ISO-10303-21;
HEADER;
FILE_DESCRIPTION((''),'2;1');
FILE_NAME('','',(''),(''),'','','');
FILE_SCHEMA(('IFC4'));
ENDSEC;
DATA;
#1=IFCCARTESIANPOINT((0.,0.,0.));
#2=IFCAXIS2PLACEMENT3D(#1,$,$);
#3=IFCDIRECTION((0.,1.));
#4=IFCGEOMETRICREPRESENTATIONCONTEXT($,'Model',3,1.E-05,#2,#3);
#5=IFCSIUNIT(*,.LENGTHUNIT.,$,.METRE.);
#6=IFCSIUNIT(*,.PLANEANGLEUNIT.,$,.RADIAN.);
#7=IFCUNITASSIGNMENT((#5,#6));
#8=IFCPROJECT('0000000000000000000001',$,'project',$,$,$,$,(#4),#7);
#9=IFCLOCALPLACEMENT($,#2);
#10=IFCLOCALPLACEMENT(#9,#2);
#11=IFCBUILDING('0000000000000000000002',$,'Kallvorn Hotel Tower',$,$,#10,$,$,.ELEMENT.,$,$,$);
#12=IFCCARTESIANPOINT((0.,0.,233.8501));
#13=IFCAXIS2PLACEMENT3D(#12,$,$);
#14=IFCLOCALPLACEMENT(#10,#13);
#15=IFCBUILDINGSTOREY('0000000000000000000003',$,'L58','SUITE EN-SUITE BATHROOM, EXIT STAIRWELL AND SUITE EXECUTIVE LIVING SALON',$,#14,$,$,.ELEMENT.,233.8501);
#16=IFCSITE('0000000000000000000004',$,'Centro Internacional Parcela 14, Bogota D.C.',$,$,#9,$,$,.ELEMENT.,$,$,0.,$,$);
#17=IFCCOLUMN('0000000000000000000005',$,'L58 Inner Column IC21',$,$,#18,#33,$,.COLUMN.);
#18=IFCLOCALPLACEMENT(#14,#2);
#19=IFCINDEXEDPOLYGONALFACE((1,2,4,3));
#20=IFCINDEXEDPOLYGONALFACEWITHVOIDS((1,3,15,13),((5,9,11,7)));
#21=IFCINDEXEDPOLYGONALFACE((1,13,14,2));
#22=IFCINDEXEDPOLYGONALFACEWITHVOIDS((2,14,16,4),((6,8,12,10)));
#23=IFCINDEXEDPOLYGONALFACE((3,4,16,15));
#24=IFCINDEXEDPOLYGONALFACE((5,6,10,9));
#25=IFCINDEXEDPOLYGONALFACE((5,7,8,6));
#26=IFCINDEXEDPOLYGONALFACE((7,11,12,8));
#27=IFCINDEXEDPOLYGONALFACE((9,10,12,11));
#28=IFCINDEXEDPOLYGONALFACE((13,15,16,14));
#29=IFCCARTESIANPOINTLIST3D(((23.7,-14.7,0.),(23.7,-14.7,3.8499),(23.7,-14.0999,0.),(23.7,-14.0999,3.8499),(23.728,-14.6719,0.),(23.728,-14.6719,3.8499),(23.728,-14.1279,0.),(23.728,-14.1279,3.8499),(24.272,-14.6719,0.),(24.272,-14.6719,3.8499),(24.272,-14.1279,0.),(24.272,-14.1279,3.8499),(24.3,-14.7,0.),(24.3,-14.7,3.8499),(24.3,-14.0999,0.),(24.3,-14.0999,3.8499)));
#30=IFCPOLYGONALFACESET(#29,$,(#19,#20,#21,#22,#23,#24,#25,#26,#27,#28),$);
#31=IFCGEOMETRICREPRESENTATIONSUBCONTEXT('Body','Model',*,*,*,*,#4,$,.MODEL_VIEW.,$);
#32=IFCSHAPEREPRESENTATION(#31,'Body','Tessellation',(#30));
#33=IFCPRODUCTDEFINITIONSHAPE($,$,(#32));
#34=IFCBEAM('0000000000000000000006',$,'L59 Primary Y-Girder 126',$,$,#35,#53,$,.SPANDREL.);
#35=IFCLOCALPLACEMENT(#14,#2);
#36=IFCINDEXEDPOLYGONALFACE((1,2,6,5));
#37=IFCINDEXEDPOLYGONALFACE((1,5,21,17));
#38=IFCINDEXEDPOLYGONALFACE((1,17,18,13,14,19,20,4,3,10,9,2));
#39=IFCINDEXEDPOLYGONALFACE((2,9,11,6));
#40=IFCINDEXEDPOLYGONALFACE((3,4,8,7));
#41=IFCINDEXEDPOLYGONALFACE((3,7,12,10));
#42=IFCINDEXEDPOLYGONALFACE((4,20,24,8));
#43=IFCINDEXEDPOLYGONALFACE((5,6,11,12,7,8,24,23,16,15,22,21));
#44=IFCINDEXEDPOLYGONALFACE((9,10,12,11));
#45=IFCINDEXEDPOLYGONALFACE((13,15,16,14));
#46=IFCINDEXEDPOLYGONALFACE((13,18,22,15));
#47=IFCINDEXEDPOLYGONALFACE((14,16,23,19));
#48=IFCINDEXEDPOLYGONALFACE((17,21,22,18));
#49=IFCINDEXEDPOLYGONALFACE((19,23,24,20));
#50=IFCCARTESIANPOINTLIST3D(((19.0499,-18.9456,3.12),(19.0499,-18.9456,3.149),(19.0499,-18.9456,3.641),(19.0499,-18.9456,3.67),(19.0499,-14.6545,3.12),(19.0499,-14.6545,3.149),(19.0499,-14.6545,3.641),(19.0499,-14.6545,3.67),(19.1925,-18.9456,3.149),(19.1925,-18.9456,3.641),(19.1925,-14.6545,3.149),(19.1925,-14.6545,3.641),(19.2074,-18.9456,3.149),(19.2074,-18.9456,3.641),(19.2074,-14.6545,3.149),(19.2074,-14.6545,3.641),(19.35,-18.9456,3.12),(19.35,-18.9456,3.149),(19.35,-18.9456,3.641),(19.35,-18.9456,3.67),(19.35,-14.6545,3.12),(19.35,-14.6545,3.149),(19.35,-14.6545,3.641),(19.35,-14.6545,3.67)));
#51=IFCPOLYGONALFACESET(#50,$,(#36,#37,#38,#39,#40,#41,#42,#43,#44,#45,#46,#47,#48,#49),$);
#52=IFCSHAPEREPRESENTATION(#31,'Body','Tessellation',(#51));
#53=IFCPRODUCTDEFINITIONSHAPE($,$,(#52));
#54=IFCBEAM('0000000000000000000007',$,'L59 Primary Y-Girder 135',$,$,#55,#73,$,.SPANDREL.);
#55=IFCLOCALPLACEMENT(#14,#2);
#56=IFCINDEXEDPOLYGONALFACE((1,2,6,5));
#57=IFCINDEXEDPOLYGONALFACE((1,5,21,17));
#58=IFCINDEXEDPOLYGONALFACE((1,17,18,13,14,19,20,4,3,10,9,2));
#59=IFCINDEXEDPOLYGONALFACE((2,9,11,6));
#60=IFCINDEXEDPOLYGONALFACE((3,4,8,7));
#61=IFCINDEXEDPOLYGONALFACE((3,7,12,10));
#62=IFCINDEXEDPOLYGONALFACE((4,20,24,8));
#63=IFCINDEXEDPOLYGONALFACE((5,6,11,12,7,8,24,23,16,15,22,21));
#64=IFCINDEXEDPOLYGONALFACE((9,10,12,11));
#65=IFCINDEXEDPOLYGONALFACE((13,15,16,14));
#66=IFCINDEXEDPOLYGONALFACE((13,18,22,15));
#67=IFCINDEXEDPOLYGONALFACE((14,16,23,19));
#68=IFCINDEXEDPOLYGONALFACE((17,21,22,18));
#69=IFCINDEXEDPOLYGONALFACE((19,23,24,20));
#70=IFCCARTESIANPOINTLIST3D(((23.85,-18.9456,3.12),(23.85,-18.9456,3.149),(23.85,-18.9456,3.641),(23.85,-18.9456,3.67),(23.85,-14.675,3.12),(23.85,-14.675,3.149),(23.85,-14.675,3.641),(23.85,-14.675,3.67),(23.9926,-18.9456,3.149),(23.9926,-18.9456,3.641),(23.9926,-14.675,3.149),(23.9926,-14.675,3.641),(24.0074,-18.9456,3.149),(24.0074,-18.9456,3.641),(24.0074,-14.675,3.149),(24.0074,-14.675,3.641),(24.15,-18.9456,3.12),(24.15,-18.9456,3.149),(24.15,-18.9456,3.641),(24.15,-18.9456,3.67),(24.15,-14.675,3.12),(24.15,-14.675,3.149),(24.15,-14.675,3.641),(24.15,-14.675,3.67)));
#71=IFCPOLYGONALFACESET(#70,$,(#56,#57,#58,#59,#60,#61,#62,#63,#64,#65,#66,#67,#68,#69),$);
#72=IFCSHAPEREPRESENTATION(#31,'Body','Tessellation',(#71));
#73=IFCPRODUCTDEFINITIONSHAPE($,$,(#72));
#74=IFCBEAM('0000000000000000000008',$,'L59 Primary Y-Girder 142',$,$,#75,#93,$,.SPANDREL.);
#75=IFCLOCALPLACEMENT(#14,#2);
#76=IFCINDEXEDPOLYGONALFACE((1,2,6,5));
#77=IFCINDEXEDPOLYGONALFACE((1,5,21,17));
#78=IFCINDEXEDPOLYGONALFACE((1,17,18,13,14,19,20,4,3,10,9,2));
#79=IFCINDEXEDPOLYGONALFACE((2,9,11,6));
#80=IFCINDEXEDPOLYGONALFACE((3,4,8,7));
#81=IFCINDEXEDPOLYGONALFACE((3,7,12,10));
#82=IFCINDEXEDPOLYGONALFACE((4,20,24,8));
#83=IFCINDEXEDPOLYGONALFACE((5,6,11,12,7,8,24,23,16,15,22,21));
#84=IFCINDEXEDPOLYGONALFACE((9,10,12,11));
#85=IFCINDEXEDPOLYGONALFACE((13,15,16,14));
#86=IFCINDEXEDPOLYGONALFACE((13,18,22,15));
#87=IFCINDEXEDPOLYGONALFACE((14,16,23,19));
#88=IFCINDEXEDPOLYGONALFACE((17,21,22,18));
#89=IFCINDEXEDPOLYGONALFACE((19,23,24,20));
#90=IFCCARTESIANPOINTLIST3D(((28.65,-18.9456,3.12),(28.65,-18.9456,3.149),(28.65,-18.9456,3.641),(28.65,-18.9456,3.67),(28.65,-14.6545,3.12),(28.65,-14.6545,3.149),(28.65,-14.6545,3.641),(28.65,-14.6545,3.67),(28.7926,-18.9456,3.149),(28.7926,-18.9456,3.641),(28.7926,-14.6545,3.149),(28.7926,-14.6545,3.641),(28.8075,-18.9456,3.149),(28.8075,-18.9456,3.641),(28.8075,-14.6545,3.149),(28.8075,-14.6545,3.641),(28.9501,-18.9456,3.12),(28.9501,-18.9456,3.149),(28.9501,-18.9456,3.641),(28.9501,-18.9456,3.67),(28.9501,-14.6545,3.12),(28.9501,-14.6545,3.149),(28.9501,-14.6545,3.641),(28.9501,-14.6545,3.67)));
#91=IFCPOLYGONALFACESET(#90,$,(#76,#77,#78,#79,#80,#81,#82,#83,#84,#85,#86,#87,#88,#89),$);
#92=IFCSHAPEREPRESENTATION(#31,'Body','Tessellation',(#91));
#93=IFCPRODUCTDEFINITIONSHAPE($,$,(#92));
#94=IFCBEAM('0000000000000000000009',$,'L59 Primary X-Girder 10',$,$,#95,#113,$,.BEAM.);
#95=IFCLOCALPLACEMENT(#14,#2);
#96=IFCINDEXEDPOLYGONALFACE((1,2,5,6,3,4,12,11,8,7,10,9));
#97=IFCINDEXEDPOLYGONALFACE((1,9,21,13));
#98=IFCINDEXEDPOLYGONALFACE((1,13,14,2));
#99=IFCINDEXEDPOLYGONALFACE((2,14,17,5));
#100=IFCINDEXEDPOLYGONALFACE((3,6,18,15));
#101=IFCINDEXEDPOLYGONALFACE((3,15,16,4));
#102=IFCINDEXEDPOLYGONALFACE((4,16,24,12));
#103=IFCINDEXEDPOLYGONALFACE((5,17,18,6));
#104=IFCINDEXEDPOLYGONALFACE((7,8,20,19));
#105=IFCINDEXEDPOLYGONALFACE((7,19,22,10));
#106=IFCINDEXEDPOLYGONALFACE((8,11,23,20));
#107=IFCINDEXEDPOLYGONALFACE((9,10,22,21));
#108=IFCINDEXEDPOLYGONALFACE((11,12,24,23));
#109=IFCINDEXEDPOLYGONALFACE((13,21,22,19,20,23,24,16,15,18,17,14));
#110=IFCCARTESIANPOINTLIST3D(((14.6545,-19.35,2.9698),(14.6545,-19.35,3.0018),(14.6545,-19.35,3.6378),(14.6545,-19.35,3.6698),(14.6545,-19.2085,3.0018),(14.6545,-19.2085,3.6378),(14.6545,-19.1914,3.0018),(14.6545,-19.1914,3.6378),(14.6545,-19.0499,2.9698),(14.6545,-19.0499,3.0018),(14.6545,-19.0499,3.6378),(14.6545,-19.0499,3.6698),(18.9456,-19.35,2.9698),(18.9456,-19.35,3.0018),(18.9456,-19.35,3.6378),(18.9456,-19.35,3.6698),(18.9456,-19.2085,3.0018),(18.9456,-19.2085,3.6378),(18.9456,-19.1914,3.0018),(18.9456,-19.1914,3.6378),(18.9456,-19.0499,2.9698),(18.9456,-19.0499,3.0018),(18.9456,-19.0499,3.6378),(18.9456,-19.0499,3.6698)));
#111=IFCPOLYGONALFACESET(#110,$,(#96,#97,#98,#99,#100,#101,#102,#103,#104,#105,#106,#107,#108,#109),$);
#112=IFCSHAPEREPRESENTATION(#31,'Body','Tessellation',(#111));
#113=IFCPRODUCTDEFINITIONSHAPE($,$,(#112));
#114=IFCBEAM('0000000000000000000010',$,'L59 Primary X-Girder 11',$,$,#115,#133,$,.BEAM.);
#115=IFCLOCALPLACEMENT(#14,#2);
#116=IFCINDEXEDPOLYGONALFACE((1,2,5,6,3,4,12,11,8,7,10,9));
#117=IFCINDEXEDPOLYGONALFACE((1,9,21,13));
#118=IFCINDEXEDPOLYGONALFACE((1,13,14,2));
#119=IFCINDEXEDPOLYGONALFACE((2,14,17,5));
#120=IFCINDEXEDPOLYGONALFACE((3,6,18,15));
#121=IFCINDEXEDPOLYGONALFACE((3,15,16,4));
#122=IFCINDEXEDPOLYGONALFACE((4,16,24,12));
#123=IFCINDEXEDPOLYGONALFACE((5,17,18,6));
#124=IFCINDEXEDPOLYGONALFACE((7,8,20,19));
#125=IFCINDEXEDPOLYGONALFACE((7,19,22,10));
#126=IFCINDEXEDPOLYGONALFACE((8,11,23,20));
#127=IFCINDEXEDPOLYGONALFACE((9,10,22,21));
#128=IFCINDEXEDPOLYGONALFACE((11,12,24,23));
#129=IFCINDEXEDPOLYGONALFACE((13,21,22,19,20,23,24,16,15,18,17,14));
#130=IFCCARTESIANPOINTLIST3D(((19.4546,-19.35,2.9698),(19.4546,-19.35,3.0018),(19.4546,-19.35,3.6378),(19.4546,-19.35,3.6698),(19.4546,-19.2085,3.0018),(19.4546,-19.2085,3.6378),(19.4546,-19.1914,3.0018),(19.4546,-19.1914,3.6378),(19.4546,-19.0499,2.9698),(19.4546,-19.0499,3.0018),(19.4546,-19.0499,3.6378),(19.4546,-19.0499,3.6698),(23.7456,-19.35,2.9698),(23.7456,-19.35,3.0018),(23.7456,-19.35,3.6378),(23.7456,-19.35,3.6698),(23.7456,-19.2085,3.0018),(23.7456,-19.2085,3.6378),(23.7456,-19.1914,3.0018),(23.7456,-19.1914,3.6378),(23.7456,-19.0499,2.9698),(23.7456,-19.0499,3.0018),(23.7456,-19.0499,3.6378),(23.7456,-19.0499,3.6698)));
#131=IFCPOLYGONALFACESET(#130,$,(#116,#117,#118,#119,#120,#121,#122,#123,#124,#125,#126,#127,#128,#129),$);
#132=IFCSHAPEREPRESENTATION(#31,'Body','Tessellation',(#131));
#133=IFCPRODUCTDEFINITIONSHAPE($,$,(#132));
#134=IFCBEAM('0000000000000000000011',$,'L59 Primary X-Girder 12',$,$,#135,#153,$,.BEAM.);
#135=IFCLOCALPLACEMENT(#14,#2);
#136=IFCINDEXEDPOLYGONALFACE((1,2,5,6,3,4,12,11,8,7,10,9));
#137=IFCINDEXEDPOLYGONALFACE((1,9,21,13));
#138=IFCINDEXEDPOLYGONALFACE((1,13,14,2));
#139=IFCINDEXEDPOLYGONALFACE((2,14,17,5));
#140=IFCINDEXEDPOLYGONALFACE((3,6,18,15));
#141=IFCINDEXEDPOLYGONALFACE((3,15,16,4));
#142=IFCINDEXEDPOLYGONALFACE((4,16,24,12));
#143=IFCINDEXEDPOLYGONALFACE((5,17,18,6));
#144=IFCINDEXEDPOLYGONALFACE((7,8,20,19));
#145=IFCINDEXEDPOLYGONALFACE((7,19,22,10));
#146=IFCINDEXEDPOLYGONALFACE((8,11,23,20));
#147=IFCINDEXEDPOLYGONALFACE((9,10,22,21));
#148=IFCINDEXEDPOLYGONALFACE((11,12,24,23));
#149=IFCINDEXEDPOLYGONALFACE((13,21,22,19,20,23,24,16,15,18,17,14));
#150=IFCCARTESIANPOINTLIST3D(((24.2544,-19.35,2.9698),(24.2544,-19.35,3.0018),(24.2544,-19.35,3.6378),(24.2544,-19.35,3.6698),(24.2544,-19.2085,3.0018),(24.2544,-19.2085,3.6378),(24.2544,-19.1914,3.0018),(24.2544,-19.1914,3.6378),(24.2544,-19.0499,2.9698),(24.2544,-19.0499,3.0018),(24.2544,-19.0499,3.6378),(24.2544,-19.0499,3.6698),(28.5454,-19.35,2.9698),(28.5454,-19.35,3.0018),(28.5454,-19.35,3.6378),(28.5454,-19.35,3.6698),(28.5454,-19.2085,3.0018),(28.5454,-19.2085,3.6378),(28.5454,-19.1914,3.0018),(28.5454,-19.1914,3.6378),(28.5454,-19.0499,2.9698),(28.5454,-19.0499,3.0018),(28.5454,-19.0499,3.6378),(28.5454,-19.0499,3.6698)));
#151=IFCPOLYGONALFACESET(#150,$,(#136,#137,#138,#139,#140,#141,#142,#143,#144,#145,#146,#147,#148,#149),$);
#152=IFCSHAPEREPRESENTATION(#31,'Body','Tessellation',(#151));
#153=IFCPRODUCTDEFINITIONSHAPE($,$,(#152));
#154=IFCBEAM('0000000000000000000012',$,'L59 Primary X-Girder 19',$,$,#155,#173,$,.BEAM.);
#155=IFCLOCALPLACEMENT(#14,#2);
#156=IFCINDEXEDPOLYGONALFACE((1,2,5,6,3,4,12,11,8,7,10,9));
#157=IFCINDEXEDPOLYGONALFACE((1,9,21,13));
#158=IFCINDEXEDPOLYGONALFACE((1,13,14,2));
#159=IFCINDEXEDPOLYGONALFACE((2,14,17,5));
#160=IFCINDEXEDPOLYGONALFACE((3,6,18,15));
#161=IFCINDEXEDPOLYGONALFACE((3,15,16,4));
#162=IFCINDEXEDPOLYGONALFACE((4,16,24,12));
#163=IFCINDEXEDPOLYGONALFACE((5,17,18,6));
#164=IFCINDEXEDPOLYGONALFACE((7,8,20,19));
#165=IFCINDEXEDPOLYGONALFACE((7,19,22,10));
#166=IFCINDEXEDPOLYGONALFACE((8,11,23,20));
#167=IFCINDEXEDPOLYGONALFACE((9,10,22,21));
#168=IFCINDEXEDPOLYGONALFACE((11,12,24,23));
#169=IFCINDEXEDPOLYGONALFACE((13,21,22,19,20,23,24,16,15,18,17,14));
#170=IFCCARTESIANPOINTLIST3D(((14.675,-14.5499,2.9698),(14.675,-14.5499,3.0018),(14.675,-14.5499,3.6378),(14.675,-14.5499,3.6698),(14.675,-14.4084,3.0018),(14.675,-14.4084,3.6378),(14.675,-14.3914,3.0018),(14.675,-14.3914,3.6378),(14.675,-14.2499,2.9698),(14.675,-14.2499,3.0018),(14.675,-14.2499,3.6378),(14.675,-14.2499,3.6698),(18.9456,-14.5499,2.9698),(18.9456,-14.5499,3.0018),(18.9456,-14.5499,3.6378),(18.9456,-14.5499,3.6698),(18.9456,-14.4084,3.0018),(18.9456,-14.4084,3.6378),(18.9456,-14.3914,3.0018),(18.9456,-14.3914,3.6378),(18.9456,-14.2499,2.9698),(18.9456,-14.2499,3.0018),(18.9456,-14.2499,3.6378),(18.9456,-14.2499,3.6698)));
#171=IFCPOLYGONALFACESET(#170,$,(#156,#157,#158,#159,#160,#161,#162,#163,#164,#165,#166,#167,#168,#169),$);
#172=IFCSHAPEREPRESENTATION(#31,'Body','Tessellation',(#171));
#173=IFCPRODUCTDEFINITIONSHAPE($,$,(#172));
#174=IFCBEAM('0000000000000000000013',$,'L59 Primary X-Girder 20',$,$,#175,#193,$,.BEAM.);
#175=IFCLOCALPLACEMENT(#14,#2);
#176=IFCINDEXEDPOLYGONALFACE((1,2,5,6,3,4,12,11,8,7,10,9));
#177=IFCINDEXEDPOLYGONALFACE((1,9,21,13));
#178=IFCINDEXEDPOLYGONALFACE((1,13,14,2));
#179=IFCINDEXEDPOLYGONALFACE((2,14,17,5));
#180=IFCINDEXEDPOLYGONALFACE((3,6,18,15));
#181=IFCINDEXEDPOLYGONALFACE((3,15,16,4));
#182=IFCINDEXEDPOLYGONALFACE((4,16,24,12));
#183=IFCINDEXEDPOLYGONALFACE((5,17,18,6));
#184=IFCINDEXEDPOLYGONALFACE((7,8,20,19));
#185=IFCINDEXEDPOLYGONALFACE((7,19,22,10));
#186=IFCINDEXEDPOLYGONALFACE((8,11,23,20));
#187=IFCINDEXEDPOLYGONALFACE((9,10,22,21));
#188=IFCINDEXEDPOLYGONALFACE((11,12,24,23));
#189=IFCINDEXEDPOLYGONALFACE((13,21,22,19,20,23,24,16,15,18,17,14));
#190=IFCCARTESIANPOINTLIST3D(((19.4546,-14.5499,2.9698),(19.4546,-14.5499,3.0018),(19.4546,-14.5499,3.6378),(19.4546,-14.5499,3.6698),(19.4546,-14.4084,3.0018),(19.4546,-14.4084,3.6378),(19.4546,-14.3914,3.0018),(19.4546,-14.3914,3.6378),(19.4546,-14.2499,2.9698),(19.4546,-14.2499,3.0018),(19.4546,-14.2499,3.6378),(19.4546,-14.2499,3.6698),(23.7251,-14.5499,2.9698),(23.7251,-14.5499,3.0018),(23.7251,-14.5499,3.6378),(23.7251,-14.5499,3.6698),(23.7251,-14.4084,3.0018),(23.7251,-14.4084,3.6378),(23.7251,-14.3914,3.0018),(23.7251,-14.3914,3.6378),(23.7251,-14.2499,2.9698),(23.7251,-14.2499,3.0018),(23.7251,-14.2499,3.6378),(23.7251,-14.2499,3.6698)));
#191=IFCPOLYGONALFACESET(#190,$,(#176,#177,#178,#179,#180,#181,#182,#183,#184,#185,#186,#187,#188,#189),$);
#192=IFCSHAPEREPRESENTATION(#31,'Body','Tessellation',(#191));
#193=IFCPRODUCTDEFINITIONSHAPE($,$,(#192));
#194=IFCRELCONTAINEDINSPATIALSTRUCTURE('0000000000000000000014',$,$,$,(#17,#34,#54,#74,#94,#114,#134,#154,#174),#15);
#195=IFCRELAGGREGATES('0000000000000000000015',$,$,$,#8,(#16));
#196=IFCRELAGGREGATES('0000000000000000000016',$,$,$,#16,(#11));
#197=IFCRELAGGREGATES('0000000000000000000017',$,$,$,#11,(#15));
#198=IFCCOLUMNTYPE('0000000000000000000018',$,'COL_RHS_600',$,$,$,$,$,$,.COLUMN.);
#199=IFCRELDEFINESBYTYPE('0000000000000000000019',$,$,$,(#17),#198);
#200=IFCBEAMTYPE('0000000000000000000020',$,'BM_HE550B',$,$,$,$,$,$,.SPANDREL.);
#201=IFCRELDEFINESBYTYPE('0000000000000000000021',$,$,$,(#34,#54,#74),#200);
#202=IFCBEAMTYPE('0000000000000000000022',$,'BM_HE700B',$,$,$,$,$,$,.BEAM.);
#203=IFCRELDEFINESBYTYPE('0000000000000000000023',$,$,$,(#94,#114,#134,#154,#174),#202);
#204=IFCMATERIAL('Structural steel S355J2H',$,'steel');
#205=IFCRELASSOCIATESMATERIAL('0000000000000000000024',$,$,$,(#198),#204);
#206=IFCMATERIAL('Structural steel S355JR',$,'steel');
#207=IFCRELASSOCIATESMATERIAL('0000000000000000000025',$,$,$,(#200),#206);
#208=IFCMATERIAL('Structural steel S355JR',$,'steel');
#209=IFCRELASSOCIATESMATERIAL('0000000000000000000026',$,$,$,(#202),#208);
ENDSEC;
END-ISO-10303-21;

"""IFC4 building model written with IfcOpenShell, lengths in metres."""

from ifc_helpers import new_model, si_unit, direction, frame, origin, origin_2d, place, context, subcontext, project, spatial, hollow_rectangle, i_section, extrude, material, material_profile, profile_set, type_object, element, save


model = new_model("IFC4")

# Units and contexts
model_context = context("Model", 3, precision=1e-05, world=origin(), true_north=direction((0.0, 1.0)))
body_context = subcontext(model_context, "Body", "Model", "MODEL_VIEW")
ifc_project = project(units=[si_unit("LENGTHUNIT", "METRE"), si_unit("PLANEANGLEUNIT", "RADIAN")], contexts=[model_context])

# Site, building, storey
site_placement = place(None, origin())
site = spatial("IfcSite", under=ifc_project, at=site_placement, Name="Centro Internacional Parcela 14, Bogota D.C.", CompositionType="ELEMENT", RefElevation=0.0)
building_placement = place(site_placement, origin())
building = spatial("IfcBuilding", under=site, at=building_placement, Name="Kallvorn Hotel Tower", CompositionType="ELEMENT")
storey_placement = place(building_placement, frame((0.0, 0.0, 233.8501)))
storey = spatial("IfcBuildingStorey", under=building, at=storey_placement, Name="L58", Description="SUITE EN-SUITE BATHROOM, EXIT STAIRWELL AND SUITE EXECUTIVE LIVING SALON", CompositionType="ELEMENT", Elevation=233.8501)

# Column
ifc_material_1 = material(Name="Structural steel S355J2H", Category="steel")
ifc_material_profile_1 = material_profile(ifc_material_1, hollow_rectangle(XDim=0.6001, YDim=0.6001, WallThickness=0.0281, at=origin_2d()), Name="RHS 600x600x28")
ifc_profile_set_1 = profile_set([ifc_material_profile_1], Name="Structural steel S355J2H")
column_type_1 = type_object("IfcColumnType", Name="COL_RHS_600", PredefinedType="COLUMN", material=ifc_profile_set_1)
column_placement = place(storey_placement, frame((24.0, -14.3999, 0.0), z_axis=(0.0, 0.0, 1.0), x_axis=(1.0, 0.0, 0.0)))
element("IfcColumn", 1, at=column_placement, inside=storey, type_object=column_type_1, Name="L58 Inner Column IC21", PredefinedType="COLUMN", context=body_context, shape_type="SweptSolid", body=[
    extrude(hollow_rectangle(XDim=0.6001, YDim=0.6001, WallThickness=0.0281, at=origin_2d()), origin(), (0.0, 0.0, 1.0), 3.8499),
])

# Beams
ifc_material_2 = material(Name="Structural steel S355JR", Category="steel")
ifc_material_profile_2 = material_profile(ifc_material_2, i_section(OverallWidth=0.3, OverallDepth=0.55, WebThickness=0.0149, FlangeThickness=0.0291, at=origin_2d()), Name="HE 550 B")
ifc_profile_set_2 = profile_set([ifc_material_profile_2], Name="Structural steel S355JR")
beam_type_1 = type_object("IfcBeamType", Name="BM_HE550B", PredefinedType="SPANDREL", material=ifc_profile_set_2)
beam_1_placement = place(storey_placement, frame((19.2, -18.9456, 3.395), z_axis=(0.0, 1.0, 0.0), x_axis=(-1.0, 0.0, 0.0)))
element("IfcBeam", 2, at=beam_1_placement, inside=storey, type_object=beam_type_1, Name="L59 Primary Y-Girder 126", PredefinedType="SPANDREL", context=body_context, shape_type="SweptSolid", body=[
    extrude(i_section(OverallWidth=0.3, OverallDepth=0.55, WebThickness=0.0149, FlangeThickness=0.0291, at=origin_2d()), origin(), (0.0, 0.0, 1.0), 4.291),
])
beam_2_placement = place(storey_placement, frame((24.0, -18.9456, 3.395), z_axis=(0.0, 1.0, 0.0), x_axis=(-1.0, 0.0, 0.0)))
element("IfcBeam", 3, at=beam_2_placement, inside=storey, type_object=beam_type_1, Name="L59 Primary Y-Girder 135", PredefinedType="SPANDREL", context=body_context, shape_type="SweptSolid", body=[
    extrude(i_section(OverallWidth=0.3, OverallDepth=0.55, WebThickness=0.0149, FlangeThickness=0.0291, at=origin_2d()), origin(), (0.0, 0.0, 1.0), 4.2705),
])
beam_3_placement = place(storey_placement, frame((28.8, -18.9456, 3.395), z_axis=(0.0, 1.0, 0.0), x_axis=(-1.0, 0.0, 0.0)))
element("IfcBeam", 4, at=beam_3_placement, inside=storey, type_object=beam_type_1, Name="L59 Primary Y-Girder 142", PredefinedType="SPANDREL", context=body_context, shape_type="SweptSolid", body=[
    extrude(i_section(OverallWidth=0.3, OverallDepth=0.55, WebThickness=0.0149, FlangeThickness=0.0291, at=origin_2d()), origin(), (0.0, 0.0, 1.0), 4.291),
])
ifc_material_3 = material(Name="Structural steel S355JR", Category="steel")
ifc_material_profile_3 = material_profile(ifc_material_3, i_section(OverallWidth=0.3, OverallDepth=0.7, WebThickness=0.0171, FlangeThickness=0.032, at=origin_2d()), Name="HE 700 B")
ifc_profile_set_3 = profile_set([ifc_material_profile_3], Name="Structural steel S355JR")
beam_type_2 = type_object("IfcBeamType", Name="BM_HE700B", PredefinedType="BEAM", material=ifc_profile_set_3)
for number, where, z_axis, x_axis, name in (
    (5, (14.6545, -19.2, 3.3198), (1.0, 0.0, 0.0), (0.0, 1.0, 0.0), "L59 Primary X-Girder 10"),
    (6, (19.4546, -19.2, 3.3198), (1.0, 0.0, 0.0), (0.0, 1.0, 0.0), "L59 Primary X-Girder 11"),
    (7, (24.2544, -19.2, 3.3198), (1.0, 0.0, 0.0), (0.0, 1.0, 0.0), "L59 Primary X-Girder 12"),
):
    element("IfcBeam", number, at=place(storey_placement, frame(where, z_axis=z_axis, x_axis=x_axis)), inside=storey, type_object=beam_type_2, Name=name, PredefinedType="BEAM", context=body_context, shape_type="SweptSolid", body=[
        extrude(i_section(OverallWidth=0.3, OverallDepth=0.7, WebThickness=0.0171, FlangeThickness=0.032, at=origin_2d()), origin(), (0.0, 0.0, 1.0), 4.291),
    ])
for number, where, z_axis, x_axis, name in (
    (8, (14.675, -14.3999, 3.3198), (1.0, 0.0, 0.0), (0.0, 1.0, 0.0), "L59 Primary X-Girder 19"),
    (9, (19.4546, -14.3999, 3.3198), (1.0, 0.0, 0.0), (0.0, 1.0, 0.0), "L59 Primary X-Girder 20"),
):
    element("IfcBeam", number, at=place(storey_placement, frame(where, z_axis=z_axis, x_axis=x_axis)), inside=storey, type_object=beam_type_2, Name=name, PredefinedType="BEAM", context=body_context, shape_type="SweptSolid", body=[
        extrude(i_section(OverallWidth=0.3, OverallDepth=0.7, WebThickness=0.0171, FlangeThickness=0.032, at=origin_2d()), origin(), (0.0, 0.0, 1.0), 4.2705),
    ])

save(model, "model.ifc")
